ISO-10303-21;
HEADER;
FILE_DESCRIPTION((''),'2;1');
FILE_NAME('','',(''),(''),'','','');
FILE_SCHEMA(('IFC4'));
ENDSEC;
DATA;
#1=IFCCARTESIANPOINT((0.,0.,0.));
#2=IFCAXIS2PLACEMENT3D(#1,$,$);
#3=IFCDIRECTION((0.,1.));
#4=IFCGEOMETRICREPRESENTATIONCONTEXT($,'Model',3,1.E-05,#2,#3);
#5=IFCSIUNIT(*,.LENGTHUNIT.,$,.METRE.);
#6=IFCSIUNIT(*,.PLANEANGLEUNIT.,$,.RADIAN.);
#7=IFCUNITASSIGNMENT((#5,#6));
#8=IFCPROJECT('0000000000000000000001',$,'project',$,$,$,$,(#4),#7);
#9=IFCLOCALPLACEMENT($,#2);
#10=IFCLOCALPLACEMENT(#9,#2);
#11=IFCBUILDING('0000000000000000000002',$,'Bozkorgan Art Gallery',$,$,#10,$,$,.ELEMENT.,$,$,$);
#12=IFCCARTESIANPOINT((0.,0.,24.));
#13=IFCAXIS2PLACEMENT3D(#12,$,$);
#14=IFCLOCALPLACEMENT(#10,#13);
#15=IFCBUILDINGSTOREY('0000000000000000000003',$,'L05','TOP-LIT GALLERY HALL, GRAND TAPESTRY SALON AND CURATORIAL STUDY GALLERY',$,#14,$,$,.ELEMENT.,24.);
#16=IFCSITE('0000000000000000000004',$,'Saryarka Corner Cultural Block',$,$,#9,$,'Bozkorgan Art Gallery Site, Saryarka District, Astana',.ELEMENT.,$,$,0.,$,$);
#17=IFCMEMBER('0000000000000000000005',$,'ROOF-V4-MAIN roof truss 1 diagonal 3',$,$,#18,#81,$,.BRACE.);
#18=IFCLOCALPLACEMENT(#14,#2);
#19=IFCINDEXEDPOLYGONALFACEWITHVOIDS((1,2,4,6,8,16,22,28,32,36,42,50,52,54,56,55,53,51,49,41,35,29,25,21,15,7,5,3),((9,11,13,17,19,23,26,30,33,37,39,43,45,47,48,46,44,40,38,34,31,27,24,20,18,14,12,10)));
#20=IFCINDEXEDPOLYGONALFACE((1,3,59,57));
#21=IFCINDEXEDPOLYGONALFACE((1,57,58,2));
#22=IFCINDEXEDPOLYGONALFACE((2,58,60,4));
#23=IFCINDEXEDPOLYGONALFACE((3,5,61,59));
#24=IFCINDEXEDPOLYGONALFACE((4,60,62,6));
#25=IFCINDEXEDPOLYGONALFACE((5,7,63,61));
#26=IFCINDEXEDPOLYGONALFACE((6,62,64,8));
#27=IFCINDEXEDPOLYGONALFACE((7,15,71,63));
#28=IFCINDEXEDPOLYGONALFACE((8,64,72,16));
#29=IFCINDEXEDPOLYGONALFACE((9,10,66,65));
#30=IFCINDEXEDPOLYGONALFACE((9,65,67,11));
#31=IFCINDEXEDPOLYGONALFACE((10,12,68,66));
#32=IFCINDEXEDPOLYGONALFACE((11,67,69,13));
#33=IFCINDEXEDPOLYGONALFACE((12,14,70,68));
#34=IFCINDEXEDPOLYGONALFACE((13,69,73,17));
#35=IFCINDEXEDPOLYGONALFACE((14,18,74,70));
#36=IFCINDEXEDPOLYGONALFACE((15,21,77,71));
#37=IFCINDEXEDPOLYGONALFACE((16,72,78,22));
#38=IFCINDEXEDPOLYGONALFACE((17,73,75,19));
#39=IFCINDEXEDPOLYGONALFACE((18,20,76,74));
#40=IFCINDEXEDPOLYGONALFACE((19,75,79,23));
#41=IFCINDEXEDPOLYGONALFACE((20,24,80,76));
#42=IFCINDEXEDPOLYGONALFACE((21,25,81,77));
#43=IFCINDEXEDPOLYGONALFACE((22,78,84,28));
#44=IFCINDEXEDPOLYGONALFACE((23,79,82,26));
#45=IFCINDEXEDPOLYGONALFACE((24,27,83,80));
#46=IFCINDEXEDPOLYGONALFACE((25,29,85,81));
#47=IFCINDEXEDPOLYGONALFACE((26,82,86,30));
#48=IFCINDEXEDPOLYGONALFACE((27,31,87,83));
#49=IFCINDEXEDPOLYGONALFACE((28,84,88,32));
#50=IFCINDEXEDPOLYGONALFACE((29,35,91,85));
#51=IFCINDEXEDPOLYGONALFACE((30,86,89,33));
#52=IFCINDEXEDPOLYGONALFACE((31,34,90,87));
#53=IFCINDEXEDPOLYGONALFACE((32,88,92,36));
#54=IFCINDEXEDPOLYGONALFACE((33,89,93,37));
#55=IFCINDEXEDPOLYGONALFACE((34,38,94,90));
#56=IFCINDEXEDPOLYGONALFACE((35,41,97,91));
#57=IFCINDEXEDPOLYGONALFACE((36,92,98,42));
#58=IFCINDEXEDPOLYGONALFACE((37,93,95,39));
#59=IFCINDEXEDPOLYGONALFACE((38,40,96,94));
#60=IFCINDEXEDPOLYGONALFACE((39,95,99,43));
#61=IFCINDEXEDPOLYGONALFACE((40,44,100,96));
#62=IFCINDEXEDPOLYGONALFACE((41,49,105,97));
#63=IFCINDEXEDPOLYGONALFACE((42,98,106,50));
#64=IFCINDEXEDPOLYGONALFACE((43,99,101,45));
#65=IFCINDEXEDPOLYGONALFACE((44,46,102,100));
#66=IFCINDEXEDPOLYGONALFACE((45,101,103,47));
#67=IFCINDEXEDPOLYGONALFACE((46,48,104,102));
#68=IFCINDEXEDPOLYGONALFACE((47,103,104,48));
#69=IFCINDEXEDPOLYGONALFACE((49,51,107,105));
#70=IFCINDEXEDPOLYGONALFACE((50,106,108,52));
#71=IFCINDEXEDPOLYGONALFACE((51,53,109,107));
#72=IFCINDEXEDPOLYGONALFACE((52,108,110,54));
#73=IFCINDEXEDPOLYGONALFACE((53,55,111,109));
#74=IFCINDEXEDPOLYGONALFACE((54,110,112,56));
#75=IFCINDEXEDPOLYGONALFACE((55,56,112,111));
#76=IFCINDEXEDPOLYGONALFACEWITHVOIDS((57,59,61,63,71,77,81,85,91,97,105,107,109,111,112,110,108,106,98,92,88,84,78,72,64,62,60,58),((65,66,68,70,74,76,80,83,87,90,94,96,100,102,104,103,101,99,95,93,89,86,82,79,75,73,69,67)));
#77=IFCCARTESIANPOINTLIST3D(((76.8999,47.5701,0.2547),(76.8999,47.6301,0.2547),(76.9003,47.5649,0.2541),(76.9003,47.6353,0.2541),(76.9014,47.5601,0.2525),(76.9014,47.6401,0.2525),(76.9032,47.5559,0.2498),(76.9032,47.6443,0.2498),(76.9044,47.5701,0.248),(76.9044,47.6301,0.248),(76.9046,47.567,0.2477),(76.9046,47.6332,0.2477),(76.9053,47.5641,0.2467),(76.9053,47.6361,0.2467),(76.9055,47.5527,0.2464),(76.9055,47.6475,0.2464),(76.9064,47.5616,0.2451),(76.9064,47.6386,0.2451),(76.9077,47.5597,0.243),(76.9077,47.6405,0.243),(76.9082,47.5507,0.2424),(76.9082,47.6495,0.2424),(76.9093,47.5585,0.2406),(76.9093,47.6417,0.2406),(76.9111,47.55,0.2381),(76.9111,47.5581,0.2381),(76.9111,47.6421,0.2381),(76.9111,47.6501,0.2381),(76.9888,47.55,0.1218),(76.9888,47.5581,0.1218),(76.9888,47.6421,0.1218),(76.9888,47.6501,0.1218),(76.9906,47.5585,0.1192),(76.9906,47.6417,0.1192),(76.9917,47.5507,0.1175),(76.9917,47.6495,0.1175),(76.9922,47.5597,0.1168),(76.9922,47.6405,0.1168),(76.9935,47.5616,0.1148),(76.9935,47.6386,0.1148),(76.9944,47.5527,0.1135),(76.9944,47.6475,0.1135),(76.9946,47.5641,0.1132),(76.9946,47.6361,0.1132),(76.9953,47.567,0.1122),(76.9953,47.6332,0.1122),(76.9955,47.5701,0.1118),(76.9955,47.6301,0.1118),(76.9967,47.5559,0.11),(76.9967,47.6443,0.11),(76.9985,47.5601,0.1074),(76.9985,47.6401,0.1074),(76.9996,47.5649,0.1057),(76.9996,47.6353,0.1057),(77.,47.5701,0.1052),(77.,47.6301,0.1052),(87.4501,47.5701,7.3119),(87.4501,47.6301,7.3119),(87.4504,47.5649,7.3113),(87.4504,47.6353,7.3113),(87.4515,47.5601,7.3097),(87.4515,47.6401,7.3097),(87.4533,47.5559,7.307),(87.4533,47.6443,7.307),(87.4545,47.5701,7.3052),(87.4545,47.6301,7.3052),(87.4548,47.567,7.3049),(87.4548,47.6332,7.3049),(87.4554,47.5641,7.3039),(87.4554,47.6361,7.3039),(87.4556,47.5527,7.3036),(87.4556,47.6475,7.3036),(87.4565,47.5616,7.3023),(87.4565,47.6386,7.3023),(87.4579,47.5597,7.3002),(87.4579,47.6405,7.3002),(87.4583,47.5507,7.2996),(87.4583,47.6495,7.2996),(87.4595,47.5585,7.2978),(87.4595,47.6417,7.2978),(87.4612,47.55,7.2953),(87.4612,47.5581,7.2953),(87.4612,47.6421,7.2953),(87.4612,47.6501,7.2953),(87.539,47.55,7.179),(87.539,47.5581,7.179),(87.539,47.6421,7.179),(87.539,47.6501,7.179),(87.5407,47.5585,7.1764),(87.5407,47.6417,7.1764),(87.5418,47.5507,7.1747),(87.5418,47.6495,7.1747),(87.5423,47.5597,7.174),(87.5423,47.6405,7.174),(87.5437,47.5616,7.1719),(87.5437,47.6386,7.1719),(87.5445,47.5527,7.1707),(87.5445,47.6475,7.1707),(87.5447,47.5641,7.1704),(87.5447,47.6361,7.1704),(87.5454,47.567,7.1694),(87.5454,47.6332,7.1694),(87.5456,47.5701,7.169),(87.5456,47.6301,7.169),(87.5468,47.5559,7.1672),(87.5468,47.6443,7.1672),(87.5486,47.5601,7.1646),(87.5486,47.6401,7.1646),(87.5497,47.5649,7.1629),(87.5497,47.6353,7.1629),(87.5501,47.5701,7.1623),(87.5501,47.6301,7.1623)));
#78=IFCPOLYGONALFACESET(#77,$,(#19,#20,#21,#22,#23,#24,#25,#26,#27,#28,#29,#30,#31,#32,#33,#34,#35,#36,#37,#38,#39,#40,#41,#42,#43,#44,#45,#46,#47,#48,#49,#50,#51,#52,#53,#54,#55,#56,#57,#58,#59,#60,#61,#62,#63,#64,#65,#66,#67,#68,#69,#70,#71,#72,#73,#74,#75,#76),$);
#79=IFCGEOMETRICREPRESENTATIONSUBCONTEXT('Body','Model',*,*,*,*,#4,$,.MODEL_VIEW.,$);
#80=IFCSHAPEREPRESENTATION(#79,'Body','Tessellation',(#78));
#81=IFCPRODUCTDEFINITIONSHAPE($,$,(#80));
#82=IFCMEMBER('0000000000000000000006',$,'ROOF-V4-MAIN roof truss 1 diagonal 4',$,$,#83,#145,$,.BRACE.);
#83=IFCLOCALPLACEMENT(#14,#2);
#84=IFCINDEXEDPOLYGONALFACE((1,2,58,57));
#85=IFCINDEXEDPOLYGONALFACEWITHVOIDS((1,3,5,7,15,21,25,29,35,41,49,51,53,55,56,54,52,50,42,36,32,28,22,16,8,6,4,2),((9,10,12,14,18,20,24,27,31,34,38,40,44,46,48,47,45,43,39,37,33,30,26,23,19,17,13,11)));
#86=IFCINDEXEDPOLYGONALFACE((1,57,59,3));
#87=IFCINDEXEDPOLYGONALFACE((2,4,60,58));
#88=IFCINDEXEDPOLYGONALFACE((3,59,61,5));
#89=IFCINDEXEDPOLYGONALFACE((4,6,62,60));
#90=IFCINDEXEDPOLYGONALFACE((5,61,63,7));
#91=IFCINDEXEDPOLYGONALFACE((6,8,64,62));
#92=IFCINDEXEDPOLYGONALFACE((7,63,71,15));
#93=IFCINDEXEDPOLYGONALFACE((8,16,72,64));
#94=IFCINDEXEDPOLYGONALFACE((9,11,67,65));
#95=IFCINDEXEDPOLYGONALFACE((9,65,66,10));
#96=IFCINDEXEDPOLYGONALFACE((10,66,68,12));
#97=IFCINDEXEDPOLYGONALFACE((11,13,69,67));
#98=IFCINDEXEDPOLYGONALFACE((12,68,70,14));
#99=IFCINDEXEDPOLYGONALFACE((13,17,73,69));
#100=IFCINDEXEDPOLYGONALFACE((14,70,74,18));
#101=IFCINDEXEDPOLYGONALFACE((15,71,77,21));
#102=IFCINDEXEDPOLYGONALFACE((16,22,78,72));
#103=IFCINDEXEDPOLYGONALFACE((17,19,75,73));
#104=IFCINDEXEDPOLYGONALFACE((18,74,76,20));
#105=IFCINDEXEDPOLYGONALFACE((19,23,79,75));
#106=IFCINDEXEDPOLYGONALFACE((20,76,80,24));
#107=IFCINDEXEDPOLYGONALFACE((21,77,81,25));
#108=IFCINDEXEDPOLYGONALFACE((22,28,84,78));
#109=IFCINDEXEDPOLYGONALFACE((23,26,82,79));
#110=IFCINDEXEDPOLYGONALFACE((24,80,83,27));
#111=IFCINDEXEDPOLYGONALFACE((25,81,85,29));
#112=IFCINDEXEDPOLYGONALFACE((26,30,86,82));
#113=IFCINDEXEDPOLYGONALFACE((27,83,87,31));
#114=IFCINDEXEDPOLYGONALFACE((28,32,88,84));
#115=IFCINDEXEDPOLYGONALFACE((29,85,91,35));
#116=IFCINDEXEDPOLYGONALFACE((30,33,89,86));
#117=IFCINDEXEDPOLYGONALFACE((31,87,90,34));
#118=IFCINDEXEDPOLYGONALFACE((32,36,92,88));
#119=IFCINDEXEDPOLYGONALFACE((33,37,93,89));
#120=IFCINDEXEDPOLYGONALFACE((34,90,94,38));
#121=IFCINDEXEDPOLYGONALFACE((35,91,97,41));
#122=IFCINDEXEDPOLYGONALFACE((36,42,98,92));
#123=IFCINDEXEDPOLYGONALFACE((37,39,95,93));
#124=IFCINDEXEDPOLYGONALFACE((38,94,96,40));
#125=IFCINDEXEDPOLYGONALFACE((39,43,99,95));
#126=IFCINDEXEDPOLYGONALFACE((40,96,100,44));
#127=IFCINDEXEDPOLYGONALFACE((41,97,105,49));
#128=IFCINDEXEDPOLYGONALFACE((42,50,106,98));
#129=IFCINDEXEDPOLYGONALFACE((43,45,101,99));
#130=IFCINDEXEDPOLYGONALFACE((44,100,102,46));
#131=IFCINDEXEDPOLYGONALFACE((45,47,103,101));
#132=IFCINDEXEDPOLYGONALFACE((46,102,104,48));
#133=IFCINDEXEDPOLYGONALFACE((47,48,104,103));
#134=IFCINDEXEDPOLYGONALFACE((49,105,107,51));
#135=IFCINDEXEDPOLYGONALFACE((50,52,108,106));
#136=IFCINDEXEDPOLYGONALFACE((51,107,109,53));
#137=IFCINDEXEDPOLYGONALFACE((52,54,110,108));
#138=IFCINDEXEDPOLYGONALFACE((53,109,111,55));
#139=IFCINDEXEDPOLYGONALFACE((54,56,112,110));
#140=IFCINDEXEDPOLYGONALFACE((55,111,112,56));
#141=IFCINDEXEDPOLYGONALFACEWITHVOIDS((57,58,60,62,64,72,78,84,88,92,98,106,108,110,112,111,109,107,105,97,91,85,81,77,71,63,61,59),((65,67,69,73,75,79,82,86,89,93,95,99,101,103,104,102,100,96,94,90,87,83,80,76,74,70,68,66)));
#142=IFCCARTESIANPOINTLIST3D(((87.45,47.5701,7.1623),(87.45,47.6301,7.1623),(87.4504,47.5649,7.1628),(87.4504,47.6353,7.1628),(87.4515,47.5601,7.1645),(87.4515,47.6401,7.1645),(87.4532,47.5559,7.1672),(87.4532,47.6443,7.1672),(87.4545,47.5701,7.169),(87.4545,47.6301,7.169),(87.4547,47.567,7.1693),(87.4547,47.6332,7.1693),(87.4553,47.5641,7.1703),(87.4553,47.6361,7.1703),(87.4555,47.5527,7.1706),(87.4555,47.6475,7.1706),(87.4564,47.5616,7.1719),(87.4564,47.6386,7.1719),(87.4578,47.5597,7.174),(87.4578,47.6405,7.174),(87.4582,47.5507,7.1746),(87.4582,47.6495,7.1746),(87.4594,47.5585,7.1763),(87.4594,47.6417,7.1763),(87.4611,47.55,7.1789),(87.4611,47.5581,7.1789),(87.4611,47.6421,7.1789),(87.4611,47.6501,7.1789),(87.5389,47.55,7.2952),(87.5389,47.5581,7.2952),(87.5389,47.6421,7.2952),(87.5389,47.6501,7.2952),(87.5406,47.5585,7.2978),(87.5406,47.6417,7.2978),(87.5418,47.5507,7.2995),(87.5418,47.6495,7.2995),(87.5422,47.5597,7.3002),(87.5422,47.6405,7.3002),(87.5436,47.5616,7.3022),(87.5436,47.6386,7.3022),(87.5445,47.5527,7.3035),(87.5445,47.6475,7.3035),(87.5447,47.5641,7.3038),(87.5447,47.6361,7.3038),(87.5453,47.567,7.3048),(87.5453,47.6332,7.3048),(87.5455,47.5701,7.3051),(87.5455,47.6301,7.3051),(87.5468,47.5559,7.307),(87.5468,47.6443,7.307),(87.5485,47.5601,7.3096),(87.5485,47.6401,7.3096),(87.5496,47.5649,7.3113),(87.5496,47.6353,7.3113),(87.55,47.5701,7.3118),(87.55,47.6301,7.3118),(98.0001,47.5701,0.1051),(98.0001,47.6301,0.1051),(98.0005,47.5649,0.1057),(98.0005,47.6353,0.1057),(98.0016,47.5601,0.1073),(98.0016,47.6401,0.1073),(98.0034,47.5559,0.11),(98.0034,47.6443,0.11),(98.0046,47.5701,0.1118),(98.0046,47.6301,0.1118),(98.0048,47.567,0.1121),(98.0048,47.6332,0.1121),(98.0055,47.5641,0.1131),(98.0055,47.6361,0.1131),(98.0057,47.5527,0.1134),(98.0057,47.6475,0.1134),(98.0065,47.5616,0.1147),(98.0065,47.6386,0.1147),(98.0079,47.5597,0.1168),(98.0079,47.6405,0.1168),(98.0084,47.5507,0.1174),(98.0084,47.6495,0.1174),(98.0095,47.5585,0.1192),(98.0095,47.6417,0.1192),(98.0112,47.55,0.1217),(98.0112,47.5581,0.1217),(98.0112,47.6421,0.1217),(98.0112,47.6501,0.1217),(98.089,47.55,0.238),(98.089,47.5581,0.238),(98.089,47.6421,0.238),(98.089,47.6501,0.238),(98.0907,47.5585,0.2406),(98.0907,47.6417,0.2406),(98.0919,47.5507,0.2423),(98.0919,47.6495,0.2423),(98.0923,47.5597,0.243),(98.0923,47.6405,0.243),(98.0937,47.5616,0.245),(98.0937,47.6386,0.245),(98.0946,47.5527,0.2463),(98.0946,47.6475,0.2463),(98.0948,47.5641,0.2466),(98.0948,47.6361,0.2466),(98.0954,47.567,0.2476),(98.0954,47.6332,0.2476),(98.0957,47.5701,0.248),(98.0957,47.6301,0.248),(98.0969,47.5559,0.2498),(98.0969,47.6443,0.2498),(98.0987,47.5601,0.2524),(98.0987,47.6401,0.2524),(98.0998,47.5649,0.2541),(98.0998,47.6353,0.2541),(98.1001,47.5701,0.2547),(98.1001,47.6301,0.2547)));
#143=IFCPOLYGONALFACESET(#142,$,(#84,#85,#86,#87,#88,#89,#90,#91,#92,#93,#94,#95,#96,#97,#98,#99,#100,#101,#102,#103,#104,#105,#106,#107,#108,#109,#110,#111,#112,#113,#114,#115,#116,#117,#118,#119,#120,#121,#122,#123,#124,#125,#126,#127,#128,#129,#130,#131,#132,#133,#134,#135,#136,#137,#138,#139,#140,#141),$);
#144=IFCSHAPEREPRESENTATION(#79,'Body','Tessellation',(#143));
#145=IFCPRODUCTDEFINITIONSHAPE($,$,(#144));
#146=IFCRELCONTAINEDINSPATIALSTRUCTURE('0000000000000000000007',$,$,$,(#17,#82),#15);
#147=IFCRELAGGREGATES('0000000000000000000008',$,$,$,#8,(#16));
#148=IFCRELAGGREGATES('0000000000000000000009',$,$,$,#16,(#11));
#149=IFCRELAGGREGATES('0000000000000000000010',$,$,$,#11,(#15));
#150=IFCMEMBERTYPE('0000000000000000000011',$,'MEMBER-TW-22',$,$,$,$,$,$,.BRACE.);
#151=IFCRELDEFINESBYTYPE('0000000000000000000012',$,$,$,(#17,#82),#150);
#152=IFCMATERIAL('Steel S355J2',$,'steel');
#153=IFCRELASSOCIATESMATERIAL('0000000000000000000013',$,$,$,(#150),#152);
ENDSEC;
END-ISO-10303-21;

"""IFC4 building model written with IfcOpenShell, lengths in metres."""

from ifc_helpers import new_model, si_unit, direction, frame, origin, origin_2d, place, context, subcontext, project, spatial, hollow_rectangle, extrude, material, material_profile, profile_set, type_object, element, save


model = new_model("IFC4")

# Units and contexts
model_context = context("Model", 3, precision=1e-05, world=origin(), true_north=direction((0.0, 1.0)))
body_context = subcontext(model_context, "Body", "Model", "MODEL_VIEW")
ifc_project = project(units=[si_unit("LENGTHUNIT", "METRE"), si_unit("PLANEANGLEUNIT", "RADIAN")], contexts=[model_context])

# Site, building, storey
site_placement = place(None, origin())
site = spatial("IfcSite", under=ifc_project, at=site_placement, Name="Saryarka Corner Cultural Block", LongName="Bozkorgan Art Gallery Site, Saryarka District, Astana", CompositionType="ELEMENT", RefElevation=0.0)
building_placement = place(site_placement, origin())
building = spatial("IfcBuilding", under=site, at=building_placement, Name="Bozkorgan Art Gallery", CompositionType="ELEMENT")
storey_placement = place(building_placement, frame((0.0, 0.0, 24.0)))
storey = spatial("IfcBuildingStorey", under=building, at=storey_placement, Name="L05", Description="TOP-LIT GALLERY HALL, GRAND TAPESTRY SALON AND CURATORIAL STUDY GALLERY", CompositionType="ELEMENT", Elevation=24.0)

# Members
ifc_material_1 = material(Name="Steel S355J2", Category="steel")
ifc_material_profile_1 = material_profile(ifc_material_1, hollow_rectangle(XDim=0.1001, YDim=0.1799, WallThickness=0.0081, InnerFilletRadius=0.012, OuterFilletRadius=0.02, at=origin_2d()), Name="RHS 180x100x8")
ifc_profile_set_1 = profile_set([ifc_material_profile_1], Name="Steel S355J2")
member_type_1 = type_object("IfcMemberType", Name="MEMBER-TW-22", PredefinedType="BRACE", material=ifc_profile_set_1)
for number, where, z_axis, x_axis, name in (
    (1, (76.95, 47.6001, 0.1799), (0.831185, 0.0, 0.555996), (0.0, 1.0, 0.0), "ROOF-V4-MAIN roof truss 1 diagonal 3"),
    (2, (87.5, 47.6001, 7.2371), (0.831185, 0.0, -0.555996), (0.0, 1.0, 0.0), "ROOF-V4-MAIN roof truss 1 diagonal 4"),
):
    element("IfcMember", number, at=place(storey_placement, frame(where, z_axis=z_axis, x_axis=x_axis)), inside=storey, type_object=member_type_1, Name=name, PredefinedType="BRACE", context=body_context, shape_type="SweptSolid", body=[
        extrude(hollow_rectangle(XDim=0.1001, YDim=0.1799, WallThickness=0.0081, InnerFilletRadius=0.012, OuterFilletRadius=0.02, at=origin_2d()), origin(), (0.0, 0.0, 1.0), 12.6929),
    ])

save(model, "model.ifc")
